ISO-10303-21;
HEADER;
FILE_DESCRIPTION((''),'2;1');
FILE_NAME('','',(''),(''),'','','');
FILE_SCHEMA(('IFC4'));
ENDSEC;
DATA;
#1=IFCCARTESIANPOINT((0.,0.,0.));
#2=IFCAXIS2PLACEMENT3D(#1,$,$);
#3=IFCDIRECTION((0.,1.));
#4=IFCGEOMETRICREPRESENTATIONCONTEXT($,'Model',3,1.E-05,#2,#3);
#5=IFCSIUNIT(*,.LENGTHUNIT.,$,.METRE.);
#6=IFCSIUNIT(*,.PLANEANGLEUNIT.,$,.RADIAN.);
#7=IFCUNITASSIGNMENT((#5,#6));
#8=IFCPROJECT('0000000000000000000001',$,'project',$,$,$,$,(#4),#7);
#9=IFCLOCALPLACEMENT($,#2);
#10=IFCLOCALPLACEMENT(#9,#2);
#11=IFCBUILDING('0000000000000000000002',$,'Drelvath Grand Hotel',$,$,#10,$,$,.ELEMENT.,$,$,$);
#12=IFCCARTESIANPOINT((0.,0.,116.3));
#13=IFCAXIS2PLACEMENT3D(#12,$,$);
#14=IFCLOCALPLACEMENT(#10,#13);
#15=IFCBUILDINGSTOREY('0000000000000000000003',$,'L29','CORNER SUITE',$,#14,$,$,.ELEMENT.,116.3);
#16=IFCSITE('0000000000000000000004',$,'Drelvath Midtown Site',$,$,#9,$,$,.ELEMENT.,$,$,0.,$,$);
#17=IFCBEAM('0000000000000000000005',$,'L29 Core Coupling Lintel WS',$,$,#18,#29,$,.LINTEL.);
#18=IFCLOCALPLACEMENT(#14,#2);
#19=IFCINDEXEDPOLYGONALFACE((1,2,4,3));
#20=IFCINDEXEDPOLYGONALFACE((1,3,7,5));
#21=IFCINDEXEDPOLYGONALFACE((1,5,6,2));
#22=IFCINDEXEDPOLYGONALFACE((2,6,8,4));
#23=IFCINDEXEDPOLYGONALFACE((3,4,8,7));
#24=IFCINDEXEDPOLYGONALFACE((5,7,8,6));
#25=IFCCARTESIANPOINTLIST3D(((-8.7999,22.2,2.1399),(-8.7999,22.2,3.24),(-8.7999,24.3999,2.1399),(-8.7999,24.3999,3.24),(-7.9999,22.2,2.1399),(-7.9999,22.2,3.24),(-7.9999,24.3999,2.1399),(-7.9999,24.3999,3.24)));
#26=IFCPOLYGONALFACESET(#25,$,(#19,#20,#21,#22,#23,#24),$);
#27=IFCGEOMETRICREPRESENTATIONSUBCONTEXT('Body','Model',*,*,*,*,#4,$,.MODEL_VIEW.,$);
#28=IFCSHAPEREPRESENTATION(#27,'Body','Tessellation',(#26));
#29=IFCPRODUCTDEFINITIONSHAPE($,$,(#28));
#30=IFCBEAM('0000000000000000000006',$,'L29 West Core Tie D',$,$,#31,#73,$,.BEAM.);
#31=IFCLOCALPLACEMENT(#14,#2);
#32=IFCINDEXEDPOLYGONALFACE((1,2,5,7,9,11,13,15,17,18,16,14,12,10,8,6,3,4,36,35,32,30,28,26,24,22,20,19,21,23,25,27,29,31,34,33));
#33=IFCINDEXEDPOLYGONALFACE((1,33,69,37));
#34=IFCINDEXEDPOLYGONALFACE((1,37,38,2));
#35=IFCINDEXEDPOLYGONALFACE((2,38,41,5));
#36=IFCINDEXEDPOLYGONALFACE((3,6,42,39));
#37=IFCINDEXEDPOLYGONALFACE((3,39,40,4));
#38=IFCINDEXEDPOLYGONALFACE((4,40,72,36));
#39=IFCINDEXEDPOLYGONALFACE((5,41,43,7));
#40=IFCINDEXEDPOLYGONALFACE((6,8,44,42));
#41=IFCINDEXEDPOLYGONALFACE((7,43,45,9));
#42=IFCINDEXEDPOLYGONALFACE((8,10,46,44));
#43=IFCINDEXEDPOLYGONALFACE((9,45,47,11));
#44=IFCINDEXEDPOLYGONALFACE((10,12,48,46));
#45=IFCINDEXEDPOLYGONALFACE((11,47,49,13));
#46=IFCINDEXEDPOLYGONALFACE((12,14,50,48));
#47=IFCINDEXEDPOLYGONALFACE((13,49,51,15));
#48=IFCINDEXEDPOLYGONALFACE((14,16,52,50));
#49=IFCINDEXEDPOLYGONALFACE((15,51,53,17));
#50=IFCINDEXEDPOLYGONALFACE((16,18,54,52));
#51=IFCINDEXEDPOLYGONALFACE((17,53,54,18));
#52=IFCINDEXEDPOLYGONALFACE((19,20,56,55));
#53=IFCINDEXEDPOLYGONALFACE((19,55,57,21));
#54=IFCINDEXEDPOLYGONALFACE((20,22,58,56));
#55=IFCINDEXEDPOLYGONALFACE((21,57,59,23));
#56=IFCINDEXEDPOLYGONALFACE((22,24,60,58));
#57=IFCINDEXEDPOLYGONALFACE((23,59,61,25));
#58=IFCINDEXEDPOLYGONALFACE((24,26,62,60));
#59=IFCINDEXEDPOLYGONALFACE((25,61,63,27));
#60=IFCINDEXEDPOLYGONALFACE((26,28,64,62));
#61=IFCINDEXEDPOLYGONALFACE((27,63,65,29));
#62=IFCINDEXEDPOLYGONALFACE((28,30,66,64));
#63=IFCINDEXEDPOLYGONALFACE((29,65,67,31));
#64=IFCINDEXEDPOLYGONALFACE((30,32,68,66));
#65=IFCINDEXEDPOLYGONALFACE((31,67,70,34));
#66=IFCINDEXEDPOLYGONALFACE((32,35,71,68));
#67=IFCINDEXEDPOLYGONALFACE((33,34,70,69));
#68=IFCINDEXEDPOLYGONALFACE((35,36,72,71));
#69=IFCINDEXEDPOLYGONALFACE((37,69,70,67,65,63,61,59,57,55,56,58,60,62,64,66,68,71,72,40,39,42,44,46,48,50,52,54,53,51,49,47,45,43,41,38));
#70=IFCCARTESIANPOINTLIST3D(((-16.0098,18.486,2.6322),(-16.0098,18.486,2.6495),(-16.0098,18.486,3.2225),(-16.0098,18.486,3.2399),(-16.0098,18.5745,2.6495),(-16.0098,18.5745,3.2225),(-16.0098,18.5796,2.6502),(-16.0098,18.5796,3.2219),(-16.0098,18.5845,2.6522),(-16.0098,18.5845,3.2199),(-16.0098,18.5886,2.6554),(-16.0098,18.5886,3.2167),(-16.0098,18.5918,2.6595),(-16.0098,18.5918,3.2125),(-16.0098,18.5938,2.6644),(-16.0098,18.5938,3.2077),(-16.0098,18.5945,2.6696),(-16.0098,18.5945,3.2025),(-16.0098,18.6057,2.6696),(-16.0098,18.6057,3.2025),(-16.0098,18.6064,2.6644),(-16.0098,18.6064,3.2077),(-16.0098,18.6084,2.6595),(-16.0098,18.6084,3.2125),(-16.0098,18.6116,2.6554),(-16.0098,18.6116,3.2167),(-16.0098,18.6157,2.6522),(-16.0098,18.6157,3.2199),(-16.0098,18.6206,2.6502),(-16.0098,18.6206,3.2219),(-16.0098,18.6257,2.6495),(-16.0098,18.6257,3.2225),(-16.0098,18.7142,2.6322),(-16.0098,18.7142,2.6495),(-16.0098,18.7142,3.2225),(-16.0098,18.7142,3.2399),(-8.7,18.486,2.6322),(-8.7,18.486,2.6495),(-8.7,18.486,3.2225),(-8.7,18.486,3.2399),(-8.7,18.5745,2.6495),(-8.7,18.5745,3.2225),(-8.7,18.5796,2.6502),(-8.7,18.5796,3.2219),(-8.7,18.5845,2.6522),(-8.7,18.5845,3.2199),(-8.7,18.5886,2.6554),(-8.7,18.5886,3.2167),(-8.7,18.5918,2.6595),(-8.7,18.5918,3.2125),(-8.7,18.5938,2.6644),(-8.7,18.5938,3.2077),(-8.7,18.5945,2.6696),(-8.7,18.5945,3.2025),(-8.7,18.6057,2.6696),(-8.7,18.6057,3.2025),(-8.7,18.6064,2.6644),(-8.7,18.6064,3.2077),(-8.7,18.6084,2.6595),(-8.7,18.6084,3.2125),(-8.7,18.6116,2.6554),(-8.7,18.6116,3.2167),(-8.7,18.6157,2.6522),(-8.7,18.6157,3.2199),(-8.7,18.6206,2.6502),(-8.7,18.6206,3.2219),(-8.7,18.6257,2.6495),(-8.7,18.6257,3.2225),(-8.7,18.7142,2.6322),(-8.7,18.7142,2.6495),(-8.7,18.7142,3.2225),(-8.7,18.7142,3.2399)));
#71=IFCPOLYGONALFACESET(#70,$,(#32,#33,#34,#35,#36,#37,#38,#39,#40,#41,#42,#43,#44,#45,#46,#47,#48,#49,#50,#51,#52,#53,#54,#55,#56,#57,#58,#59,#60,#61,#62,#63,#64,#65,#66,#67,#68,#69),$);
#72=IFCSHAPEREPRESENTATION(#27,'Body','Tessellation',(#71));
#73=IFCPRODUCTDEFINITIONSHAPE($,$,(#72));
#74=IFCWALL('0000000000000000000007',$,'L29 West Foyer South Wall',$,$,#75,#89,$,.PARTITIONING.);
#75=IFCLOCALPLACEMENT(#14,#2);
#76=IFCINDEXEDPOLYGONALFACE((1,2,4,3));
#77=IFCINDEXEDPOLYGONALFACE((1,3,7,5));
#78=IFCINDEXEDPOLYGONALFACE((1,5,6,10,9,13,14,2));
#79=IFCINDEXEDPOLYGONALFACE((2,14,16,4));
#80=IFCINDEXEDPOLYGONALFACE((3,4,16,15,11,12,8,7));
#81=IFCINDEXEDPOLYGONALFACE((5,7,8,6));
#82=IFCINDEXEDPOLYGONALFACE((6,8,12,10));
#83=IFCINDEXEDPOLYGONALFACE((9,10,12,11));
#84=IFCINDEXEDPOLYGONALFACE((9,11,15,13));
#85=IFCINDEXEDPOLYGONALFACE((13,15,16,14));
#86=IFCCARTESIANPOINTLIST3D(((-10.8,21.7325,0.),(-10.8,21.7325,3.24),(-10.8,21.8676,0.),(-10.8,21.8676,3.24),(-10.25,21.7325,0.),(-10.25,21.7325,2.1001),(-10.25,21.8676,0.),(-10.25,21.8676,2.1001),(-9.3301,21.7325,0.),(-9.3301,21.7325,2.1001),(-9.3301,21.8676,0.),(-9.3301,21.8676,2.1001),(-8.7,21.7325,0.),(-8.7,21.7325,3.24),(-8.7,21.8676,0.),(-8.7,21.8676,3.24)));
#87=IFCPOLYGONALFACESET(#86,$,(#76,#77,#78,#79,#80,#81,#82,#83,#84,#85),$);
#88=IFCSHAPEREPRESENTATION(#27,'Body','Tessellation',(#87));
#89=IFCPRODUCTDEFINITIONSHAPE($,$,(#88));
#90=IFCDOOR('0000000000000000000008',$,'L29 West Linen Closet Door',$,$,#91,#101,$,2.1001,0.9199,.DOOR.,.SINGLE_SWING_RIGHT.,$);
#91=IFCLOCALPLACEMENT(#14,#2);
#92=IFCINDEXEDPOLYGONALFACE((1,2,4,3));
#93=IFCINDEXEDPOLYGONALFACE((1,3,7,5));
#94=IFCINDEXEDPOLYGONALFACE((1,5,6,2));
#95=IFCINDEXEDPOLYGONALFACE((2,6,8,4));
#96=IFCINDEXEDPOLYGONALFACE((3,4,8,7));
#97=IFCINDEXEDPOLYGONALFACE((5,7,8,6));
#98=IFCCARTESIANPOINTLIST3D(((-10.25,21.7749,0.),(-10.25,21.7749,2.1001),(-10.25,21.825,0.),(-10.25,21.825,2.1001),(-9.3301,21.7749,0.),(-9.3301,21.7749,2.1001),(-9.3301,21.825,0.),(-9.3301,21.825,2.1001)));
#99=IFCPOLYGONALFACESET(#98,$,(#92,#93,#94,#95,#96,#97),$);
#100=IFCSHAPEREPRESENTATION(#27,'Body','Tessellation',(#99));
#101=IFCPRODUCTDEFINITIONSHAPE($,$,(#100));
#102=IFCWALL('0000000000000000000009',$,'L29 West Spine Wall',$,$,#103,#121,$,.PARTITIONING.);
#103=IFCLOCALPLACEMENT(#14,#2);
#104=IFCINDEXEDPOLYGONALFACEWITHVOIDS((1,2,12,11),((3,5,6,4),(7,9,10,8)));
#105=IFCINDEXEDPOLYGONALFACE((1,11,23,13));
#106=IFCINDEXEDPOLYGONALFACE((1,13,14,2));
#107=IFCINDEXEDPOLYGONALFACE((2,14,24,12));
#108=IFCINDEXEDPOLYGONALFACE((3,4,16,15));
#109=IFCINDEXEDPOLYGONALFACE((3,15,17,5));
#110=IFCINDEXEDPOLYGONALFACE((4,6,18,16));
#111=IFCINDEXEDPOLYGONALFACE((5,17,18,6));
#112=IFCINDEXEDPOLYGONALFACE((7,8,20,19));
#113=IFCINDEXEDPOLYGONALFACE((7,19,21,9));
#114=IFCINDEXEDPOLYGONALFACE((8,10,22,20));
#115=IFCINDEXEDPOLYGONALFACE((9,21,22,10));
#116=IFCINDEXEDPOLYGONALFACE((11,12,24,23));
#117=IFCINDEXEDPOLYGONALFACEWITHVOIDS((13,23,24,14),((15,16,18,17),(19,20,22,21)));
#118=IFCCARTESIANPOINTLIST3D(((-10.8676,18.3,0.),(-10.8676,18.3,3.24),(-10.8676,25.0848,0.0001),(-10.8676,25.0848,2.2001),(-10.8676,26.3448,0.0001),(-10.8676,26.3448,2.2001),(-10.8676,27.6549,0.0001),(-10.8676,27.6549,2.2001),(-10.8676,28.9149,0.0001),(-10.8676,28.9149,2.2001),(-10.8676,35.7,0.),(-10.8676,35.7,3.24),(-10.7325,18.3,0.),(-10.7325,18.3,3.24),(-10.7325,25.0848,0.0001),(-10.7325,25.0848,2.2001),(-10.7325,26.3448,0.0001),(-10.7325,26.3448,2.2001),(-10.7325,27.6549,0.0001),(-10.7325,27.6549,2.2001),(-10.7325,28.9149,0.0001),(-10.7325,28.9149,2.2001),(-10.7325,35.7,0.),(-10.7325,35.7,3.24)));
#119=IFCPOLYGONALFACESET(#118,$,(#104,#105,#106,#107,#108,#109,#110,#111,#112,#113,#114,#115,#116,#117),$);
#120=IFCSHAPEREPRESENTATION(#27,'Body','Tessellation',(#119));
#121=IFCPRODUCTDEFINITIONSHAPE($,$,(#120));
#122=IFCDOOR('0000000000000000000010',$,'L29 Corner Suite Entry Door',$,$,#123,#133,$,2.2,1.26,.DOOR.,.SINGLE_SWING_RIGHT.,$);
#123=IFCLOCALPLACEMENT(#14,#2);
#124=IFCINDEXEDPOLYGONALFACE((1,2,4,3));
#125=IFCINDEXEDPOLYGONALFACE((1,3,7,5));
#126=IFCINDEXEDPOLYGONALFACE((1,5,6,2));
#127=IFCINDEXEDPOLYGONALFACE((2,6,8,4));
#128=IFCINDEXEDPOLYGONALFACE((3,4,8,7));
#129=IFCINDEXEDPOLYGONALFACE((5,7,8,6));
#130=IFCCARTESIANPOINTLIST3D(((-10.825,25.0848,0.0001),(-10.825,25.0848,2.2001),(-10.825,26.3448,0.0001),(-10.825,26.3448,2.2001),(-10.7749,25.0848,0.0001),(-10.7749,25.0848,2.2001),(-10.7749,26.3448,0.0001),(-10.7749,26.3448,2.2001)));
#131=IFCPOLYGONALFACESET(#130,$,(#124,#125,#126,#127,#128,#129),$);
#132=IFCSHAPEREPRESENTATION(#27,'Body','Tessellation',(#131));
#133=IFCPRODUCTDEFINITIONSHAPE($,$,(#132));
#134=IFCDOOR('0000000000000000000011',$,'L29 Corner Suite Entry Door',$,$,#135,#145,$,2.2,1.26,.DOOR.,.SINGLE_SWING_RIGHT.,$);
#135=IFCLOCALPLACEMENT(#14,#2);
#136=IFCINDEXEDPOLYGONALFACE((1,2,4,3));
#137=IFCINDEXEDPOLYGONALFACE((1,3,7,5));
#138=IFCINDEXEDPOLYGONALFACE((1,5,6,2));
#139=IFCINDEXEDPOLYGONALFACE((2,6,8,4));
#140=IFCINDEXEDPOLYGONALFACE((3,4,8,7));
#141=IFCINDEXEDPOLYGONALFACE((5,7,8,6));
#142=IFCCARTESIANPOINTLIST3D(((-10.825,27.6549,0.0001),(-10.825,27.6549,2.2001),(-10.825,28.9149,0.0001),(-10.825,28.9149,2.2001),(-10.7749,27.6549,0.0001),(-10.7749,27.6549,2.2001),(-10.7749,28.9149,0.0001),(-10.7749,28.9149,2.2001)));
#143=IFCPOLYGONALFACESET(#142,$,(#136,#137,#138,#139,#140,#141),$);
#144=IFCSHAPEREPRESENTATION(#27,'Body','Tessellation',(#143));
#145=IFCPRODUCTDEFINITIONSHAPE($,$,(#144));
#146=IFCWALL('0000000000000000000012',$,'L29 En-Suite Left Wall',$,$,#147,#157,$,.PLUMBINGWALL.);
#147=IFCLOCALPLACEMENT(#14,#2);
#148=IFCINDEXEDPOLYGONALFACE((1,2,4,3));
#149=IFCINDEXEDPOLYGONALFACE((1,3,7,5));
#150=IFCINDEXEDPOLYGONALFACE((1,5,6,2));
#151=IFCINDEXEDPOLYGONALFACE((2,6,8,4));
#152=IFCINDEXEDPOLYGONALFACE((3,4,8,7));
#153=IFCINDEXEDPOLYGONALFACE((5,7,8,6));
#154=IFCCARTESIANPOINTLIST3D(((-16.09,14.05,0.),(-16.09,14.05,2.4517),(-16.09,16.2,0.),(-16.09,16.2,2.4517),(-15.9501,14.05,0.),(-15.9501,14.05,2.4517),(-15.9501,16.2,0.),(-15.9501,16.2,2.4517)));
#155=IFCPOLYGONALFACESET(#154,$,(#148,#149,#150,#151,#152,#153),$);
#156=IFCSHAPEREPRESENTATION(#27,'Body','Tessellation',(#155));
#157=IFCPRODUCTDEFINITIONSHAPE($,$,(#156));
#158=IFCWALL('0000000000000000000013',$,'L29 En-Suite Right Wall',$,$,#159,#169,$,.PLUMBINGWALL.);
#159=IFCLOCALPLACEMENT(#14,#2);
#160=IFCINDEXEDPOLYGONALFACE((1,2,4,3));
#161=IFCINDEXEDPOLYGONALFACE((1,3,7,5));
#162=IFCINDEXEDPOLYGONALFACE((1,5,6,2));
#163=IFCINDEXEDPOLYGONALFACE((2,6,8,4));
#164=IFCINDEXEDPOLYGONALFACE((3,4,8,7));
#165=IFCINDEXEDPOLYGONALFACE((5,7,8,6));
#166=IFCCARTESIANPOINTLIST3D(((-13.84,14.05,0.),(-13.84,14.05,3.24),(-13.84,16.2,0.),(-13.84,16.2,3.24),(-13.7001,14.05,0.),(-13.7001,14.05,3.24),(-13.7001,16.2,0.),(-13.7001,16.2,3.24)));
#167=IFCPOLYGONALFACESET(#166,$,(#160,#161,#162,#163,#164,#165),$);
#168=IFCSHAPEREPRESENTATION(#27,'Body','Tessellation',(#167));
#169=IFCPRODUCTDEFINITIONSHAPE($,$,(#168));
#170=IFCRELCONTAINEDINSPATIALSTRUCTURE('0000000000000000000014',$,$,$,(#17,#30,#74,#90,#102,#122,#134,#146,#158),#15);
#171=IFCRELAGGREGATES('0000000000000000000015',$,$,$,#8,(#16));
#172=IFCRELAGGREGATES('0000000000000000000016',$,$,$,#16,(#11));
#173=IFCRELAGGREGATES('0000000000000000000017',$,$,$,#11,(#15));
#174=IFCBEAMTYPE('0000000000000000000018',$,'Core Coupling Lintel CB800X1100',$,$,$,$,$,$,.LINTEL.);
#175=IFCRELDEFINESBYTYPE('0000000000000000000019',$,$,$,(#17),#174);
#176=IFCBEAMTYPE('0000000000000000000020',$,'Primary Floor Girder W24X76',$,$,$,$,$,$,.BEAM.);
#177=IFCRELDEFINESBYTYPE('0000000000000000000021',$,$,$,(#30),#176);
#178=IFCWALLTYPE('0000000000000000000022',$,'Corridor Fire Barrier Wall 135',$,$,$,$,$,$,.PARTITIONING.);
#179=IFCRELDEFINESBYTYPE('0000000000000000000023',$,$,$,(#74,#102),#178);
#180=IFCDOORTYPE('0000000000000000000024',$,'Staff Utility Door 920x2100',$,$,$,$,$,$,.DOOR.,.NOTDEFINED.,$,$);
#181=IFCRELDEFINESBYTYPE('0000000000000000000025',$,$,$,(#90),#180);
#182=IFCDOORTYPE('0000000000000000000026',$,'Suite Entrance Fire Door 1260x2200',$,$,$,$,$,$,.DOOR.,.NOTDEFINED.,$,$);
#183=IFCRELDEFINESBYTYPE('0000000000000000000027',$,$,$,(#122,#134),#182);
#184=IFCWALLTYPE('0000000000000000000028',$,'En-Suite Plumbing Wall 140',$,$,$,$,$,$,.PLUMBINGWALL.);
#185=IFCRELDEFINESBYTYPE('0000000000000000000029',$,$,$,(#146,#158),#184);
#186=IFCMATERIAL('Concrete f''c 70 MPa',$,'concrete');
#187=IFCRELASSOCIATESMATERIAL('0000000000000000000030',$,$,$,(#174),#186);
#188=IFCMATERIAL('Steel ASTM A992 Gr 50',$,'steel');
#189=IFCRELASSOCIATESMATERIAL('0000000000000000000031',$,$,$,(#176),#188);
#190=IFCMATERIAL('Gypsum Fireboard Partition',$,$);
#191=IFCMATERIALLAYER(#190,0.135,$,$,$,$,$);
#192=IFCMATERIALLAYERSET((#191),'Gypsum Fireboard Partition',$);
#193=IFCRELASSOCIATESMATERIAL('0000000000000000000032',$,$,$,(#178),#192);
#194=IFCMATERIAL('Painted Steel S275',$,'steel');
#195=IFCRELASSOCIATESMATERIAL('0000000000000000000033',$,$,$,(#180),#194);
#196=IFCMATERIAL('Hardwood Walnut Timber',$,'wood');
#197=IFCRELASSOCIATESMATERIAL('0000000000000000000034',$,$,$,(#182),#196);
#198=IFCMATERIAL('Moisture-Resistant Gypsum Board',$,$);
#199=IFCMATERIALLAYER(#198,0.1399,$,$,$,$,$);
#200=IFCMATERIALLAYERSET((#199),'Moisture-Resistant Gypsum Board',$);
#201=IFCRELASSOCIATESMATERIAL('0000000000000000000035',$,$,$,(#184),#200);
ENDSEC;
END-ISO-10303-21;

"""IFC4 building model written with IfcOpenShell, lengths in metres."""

from ifc_helpers import new_model, si_unit, direction, frame, frame_2d, origin, origin_2d, place, context, subcontext, project, spatial, rectangle, i_section, extrude, material, layer, layer_set, material_profile, profile_set, type_object, element, fill, save


model = new_model("IFC4")

# Units and contexts
model_context = context("Model", 3, precision=1e-05, world=origin(), true_north=direction((0.0, 1.0)))
body_context = subcontext(model_context, "Body", "Model", "MODEL_VIEW")
ifc_project = project(units=[si_unit("LENGTHUNIT", "METRE"), si_unit("PLANEANGLEUNIT", "RADIAN")], contexts=[model_context])

# Site, building, storey
site_placement = place(None, origin())
site = spatial("IfcSite", under=ifc_project, at=site_placement, Name="Drelvath Midtown Site", CompositionType="ELEMENT", RefElevation=0.0)
building_placement = place(site_placement, origin())
building = spatial("IfcBuilding", under=site, at=building_placement, Name="Drelvath Grand Hotel", CompositionType="ELEMENT")
storey_placement = place(building_placement, frame((0.0, 0.0, 116.3)))
storey = spatial("IfcBuildingStorey", under=building, at=storey_placement, Name="L29", Description="CORNER SUITE", CompositionType="ELEMENT", Elevation=116.3)

# Beams
ifc_material_1 = material(Name="Concrete f'c 70 MPa", Category="concrete")
ifc_material_profile_1 = material_profile(ifc_material_1, rectangle(XDim=0.8, YDim=1.1001, at=origin_2d()), Name="CB800X1100")
ifc_profile_set_1 = profile_set([ifc_material_profile_1], Name="Concrete f'c 70 MPa")
beam_type_1 = type_object("IfcBeamType", Name="Core Coupling Lintel CB800X1100", PredefinedType="LINTEL", material=ifc_profile_set_1)
beam_1_placement = place(storey_placement, frame((-8.3999, 22.2, 2.6899), z_axis=(0.0, 1.0, 0.0), x_axis=(-1.0, 0.0, 0.0)))
element("IfcBeam", 1, at=beam_1_placement, inside=storey, type_object=beam_type_1, Name="L29 Core Coupling Lintel WS", PredefinedType="LINTEL", context=body_context, shape_type="SweptSolid", body=[
    extrude(rectangle(XDim=0.8, YDim=1.1001, at=origin_2d()), origin(), (0.0, 0.0, 1.0), 2.2),
])
ifc_material_2 = material(Name="Steel ASTM A992 Gr 50", Category="steel")
ifc_material_profile_2 = material_profile(ifc_material_2, i_section(OverallWidth=0.2283, OverallDepth=0.6077, WebThickness=0.0112, FlangeThickness=0.0173, FilletRadius=0.02, at=origin_2d()), Name="W24X76")
ifc_profile_set_2 = profile_set([ifc_material_profile_2], Name="Steel ASTM A992 Gr 50")
beam_type_2 = type_object("IfcBeamType", Name="Primary Floor Girder W24X76", PredefinedType="BEAM", material=ifc_profile_set_2)
beam_2_placement = place(storey_placement, frame((-16.0098, 18.6001, 2.936), z_axis=(1.0, 0.0, 0.0), x_axis=(0.0, 1.0, 0.0)))
element("IfcBeam", 2, at=beam_2_placement, inside=storey, type_object=beam_type_2, Name="L29 West Core Tie D", PredefinedType="BEAM", context=body_context, shape_type="SweptSolid", body=[
    extrude(i_section(OverallWidth=0.2283, OverallDepth=0.6077, WebThickness=0.0112, FlangeThickness=0.0173, FilletRadius=0.02, at=origin_2d()), origin(), (0.0, 0.0, 1.0), 7.3098),
])

# Wall, opening, door
ifc_material_3 = material(Name="Gypsum Fireboard Partition")
ifc_layer_1 = layer(ifc_material_3, 0.135)
ifc_layer_set_1 = layer_set([ifc_layer_1], Name="Gypsum Fireboard Partition")
wall_type_1 = type_object("IfcWallType", Name="Corridor Fire Barrier Wall 135", PredefinedType="PARTITIONING", material=ifc_layer_set_1)
wall_1_placement = place(storey_placement, frame((-10.8, 21.8, 0.0), z_axis=(0.0, 0.0, 1.0), x_axis=(1.0, 0.0, 0.0)))
wall_1 = element("IfcWall", 3, at=wall_1_placement, inside=storey, type_object=wall_type_1, Name="L29 West Foyer South Wall", PredefinedType="PARTITIONING", context=body_context, shape_type="SweptSolid", body=[
    extrude(rectangle(XDim=2.1001, YDim=0.135, at=frame_2d((1.05, 0.0))), origin(), (0.0, 0.0, 1.0), 3.24),
])
opening_1_placement = place(wall_1_placement, frame((0.55, 0.0, 0.0)))
opening_1 = element("IfcOpeningElement", 4, at=opening_1_placement, cuts=wall_1, PredefinedType="OPENING", context=body_context, shape_type="SweptSolid", body=[
    extrude(rectangle(XDim=0.9199, YDim=2.1001, at=frame_2d((0.46, 1.05))), frame((0.0, 0.0774, 0.0), z_axis=(0.0, -1.0, 0.0), x_axis=(1.0, 0.0, 0.0)), (0.0, 0.0, 1.0), 0.155),
])
ifc_material_4 = material(Name="Painted Steel S275", Category="steel")
door_type_1 = type_object("IfcDoorType", Name="Staff Utility Door 920x2100", OperationType="NOTDEFINED", PredefinedType="DOOR", material=ifc_material_4)
door_1_placement = place(opening_1_placement, origin())
door_1 = element("IfcDoor", 5, at=door_1_placement, inside=storey, type_object=door_type_1, Name="L29 West Linen Closet Door", OperationType="SINGLE_SWING_RIGHT", OverallHeight=2.1001, OverallWidth=0.9199, PredefinedType="DOOR", context=body_context, shape_type="SweptSolid", body=[
    extrude(rectangle(XDim=0.9199, YDim=2.1001, at=frame_2d((0.46, 1.05))), frame((0.0, 0.0249, 0.0), z_axis=(0.0, -1.0, 0.0), x_axis=(1.0, 0.0, 0.0)), (0.0, 0.0, 1.0), 0.05),
])
fill(opening_1, door_1)

# Wall, openings, doors
wall_2_placement = place(storey_placement, frame((-10.8, 18.3, 0.0), z_axis=(0.0, 0.0, 1.0), x_axis=(0.0, 1.0, 0.0)))
wall_2 = element("IfcWall", 6, at=wall_2_placement, inside=storey, type_object=wall_type_1, Name="L29 West Spine Wall", PredefinedType="PARTITIONING", context=body_context, shape_type="SweptSolid", body=[
    extrude(rectangle(XDim=17.3999, YDim=0.135, at=frame_2d((8.7, 0.0))), origin(), (0.0, 0.0, 1.0), 3.24),
])
opening_2_placement = place(wall_2_placement, frame((6.7849, 0.0, 0.0)))
opening_2 = element("IfcOpeningElement", 7, at=opening_2_placement, cuts=wall_2, PredefinedType="OPENING", context=body_context, shape_type="SweptSolid", body=[
    extrude(rectangle(XDim=1.26, YDim=2.2, at=frame_2d((0.6299, 1.1001))), frame((0.0, 0.0774, 0.0), z_axis=(0.0, -1.0, 0.0), x_axis=(1.0, 0.0, 0.0)), (0.0, 0.0, 1.0), 0.155),
])
opening_3_placement = place(wall_2_placement, frame((9.355, 0.0, 0.0)))
opening_3 = element("IfcOpeningElement", 8, at=opening_3_placement, cuts=wall_2, PredefinedType="OPENING", context=body_context, shape_type="SweptSolid", body=[
    extrude(rectangle(XDim=1.26, YDim=2.2, at=frame_2d((0.6299, 1.1001))), frame((0.0, 0.0774, 0.0), z_axis=(0.0, -1.0, 0.0), x_axis=(1.0, 0.0, 0.0)), (0.0, 0.0, 1.0), 0.155),
])
ifc_material_5 = material(Name="Hardwood Walnut Timber", Category="wood")
door_type_2 = type_object("IfcDoorType", Name="Suite Entrance Fire Door 1260x2200", OperationType="NOTDEFINED", PredefinedType="DOOR", material=ifc_material_5)
door_2_placement = place(opening_2_placement, origin())
door_2 = element("IfcDoor", 9, at=door_2_placement, inside=storey, type_object=door_type_2, Name="L29 Corner Suite Entry Door", OperationType="SINGLE_SWING_RIGHT", OverallHeight=2.2, OverallWidth=1.26, PredefinedType="DOOR", context=body_context, shape_type="SweptSolid", body=[
    extrude(rectangle(XDim=1.26, YDim=2.2, at=frame_2d((0.6299, 1.1001))), frame((0.0, 0.0249, 0.0), z_axis=(0.0, -1.0, 0.0), x_axis=(1.0, 0.0, 0.0)), (0.0, 0.0, 1.0), 0.05),
])
fill(opening_2, door_2)
door_3_placement = place(opening_3_placement, origin())
door_3 = element("IfcDoor", 10, at=door_3_placement, inside=storey, type_object=door_type_2, Name="L29 Corner Suite Entry Door", OperationType="SINGLE_SWING_RIGHT", OverallHeight=2.2, OverallWidth=1.26, PredefinedType="DOOR", context=body_context, shape_type="SweptSolid", body=[
    extrude(rectangle(XDim=1.26, YDim=2.2, at=frame_2d((0.6299, 1.1001))), frame((0.0, 0.0249, 0.0), z_axis=(0.0, -1.0, 0.0), x_axis=(1.0, 0.0, 0.0)), (0.0, 0.0, 1.0), 0.05),
])
fill(opening_3, door_3)

# Walls
ifc_material_6 = material(Name="Moisture-Resistant Gypsum Board")
ifc_layer_2 = layer(ifc_material_6, 0.1399)
ifc_layer_set_2 = layer_set([ifc_layer_2], Name="Moisture-Resistant Gypsum Board")
wall_type_2 = type_object("IfcWallType", Name="En-Suite Plumbing Wall 140", PredefinedType="PLUMBINGWALL", material=ifc_layer_set_2)
wall_3_placement = place(storey_placement, frame((-16.02, 16.2, 0.0), z_axis=(0.0, 0.0, 1.0), x_axis=(0.0, -1.0, 0.0)))
element("IfcWall", 11, at=wall_3_placement, inside=storey, type_object=wall_type_2, Name="L29 En-Suite Left Wall", PredefinedType="PLUMBINGWALL", context=body_context, shape_type="SweptSolid", body=[
    extrude(rectangle(XDim=2.1499, YDim=0.1399, at=frame_2d((1.075, 0.0))), origin(), (0.0, 0.0, 1.0), 2.4517),
])
wall_4_placement = place(storey_placement, frame((-13.77, 16.2, 0.0), z_axis=(0.0, 0.0, 1.0), x_axis=(0.0, -1.0, 0.0)))
element("IfcWall", 12, at=wall_4_placement, inside=storey, type_object=wall_type_2, Name="L29 En-Suite Right Wall", PredefinedType="PLUMBINGWALL", context=body_context, shape_type="SweptSolid", body=[
    extrude(rectangle(XDim=2.1499, YDim=0.1399, at=frame_2d((1.075, 0.0))), origin(), (0.0, 0.0, 1.0), 3.24),
])

save(model, "model.ifc")
